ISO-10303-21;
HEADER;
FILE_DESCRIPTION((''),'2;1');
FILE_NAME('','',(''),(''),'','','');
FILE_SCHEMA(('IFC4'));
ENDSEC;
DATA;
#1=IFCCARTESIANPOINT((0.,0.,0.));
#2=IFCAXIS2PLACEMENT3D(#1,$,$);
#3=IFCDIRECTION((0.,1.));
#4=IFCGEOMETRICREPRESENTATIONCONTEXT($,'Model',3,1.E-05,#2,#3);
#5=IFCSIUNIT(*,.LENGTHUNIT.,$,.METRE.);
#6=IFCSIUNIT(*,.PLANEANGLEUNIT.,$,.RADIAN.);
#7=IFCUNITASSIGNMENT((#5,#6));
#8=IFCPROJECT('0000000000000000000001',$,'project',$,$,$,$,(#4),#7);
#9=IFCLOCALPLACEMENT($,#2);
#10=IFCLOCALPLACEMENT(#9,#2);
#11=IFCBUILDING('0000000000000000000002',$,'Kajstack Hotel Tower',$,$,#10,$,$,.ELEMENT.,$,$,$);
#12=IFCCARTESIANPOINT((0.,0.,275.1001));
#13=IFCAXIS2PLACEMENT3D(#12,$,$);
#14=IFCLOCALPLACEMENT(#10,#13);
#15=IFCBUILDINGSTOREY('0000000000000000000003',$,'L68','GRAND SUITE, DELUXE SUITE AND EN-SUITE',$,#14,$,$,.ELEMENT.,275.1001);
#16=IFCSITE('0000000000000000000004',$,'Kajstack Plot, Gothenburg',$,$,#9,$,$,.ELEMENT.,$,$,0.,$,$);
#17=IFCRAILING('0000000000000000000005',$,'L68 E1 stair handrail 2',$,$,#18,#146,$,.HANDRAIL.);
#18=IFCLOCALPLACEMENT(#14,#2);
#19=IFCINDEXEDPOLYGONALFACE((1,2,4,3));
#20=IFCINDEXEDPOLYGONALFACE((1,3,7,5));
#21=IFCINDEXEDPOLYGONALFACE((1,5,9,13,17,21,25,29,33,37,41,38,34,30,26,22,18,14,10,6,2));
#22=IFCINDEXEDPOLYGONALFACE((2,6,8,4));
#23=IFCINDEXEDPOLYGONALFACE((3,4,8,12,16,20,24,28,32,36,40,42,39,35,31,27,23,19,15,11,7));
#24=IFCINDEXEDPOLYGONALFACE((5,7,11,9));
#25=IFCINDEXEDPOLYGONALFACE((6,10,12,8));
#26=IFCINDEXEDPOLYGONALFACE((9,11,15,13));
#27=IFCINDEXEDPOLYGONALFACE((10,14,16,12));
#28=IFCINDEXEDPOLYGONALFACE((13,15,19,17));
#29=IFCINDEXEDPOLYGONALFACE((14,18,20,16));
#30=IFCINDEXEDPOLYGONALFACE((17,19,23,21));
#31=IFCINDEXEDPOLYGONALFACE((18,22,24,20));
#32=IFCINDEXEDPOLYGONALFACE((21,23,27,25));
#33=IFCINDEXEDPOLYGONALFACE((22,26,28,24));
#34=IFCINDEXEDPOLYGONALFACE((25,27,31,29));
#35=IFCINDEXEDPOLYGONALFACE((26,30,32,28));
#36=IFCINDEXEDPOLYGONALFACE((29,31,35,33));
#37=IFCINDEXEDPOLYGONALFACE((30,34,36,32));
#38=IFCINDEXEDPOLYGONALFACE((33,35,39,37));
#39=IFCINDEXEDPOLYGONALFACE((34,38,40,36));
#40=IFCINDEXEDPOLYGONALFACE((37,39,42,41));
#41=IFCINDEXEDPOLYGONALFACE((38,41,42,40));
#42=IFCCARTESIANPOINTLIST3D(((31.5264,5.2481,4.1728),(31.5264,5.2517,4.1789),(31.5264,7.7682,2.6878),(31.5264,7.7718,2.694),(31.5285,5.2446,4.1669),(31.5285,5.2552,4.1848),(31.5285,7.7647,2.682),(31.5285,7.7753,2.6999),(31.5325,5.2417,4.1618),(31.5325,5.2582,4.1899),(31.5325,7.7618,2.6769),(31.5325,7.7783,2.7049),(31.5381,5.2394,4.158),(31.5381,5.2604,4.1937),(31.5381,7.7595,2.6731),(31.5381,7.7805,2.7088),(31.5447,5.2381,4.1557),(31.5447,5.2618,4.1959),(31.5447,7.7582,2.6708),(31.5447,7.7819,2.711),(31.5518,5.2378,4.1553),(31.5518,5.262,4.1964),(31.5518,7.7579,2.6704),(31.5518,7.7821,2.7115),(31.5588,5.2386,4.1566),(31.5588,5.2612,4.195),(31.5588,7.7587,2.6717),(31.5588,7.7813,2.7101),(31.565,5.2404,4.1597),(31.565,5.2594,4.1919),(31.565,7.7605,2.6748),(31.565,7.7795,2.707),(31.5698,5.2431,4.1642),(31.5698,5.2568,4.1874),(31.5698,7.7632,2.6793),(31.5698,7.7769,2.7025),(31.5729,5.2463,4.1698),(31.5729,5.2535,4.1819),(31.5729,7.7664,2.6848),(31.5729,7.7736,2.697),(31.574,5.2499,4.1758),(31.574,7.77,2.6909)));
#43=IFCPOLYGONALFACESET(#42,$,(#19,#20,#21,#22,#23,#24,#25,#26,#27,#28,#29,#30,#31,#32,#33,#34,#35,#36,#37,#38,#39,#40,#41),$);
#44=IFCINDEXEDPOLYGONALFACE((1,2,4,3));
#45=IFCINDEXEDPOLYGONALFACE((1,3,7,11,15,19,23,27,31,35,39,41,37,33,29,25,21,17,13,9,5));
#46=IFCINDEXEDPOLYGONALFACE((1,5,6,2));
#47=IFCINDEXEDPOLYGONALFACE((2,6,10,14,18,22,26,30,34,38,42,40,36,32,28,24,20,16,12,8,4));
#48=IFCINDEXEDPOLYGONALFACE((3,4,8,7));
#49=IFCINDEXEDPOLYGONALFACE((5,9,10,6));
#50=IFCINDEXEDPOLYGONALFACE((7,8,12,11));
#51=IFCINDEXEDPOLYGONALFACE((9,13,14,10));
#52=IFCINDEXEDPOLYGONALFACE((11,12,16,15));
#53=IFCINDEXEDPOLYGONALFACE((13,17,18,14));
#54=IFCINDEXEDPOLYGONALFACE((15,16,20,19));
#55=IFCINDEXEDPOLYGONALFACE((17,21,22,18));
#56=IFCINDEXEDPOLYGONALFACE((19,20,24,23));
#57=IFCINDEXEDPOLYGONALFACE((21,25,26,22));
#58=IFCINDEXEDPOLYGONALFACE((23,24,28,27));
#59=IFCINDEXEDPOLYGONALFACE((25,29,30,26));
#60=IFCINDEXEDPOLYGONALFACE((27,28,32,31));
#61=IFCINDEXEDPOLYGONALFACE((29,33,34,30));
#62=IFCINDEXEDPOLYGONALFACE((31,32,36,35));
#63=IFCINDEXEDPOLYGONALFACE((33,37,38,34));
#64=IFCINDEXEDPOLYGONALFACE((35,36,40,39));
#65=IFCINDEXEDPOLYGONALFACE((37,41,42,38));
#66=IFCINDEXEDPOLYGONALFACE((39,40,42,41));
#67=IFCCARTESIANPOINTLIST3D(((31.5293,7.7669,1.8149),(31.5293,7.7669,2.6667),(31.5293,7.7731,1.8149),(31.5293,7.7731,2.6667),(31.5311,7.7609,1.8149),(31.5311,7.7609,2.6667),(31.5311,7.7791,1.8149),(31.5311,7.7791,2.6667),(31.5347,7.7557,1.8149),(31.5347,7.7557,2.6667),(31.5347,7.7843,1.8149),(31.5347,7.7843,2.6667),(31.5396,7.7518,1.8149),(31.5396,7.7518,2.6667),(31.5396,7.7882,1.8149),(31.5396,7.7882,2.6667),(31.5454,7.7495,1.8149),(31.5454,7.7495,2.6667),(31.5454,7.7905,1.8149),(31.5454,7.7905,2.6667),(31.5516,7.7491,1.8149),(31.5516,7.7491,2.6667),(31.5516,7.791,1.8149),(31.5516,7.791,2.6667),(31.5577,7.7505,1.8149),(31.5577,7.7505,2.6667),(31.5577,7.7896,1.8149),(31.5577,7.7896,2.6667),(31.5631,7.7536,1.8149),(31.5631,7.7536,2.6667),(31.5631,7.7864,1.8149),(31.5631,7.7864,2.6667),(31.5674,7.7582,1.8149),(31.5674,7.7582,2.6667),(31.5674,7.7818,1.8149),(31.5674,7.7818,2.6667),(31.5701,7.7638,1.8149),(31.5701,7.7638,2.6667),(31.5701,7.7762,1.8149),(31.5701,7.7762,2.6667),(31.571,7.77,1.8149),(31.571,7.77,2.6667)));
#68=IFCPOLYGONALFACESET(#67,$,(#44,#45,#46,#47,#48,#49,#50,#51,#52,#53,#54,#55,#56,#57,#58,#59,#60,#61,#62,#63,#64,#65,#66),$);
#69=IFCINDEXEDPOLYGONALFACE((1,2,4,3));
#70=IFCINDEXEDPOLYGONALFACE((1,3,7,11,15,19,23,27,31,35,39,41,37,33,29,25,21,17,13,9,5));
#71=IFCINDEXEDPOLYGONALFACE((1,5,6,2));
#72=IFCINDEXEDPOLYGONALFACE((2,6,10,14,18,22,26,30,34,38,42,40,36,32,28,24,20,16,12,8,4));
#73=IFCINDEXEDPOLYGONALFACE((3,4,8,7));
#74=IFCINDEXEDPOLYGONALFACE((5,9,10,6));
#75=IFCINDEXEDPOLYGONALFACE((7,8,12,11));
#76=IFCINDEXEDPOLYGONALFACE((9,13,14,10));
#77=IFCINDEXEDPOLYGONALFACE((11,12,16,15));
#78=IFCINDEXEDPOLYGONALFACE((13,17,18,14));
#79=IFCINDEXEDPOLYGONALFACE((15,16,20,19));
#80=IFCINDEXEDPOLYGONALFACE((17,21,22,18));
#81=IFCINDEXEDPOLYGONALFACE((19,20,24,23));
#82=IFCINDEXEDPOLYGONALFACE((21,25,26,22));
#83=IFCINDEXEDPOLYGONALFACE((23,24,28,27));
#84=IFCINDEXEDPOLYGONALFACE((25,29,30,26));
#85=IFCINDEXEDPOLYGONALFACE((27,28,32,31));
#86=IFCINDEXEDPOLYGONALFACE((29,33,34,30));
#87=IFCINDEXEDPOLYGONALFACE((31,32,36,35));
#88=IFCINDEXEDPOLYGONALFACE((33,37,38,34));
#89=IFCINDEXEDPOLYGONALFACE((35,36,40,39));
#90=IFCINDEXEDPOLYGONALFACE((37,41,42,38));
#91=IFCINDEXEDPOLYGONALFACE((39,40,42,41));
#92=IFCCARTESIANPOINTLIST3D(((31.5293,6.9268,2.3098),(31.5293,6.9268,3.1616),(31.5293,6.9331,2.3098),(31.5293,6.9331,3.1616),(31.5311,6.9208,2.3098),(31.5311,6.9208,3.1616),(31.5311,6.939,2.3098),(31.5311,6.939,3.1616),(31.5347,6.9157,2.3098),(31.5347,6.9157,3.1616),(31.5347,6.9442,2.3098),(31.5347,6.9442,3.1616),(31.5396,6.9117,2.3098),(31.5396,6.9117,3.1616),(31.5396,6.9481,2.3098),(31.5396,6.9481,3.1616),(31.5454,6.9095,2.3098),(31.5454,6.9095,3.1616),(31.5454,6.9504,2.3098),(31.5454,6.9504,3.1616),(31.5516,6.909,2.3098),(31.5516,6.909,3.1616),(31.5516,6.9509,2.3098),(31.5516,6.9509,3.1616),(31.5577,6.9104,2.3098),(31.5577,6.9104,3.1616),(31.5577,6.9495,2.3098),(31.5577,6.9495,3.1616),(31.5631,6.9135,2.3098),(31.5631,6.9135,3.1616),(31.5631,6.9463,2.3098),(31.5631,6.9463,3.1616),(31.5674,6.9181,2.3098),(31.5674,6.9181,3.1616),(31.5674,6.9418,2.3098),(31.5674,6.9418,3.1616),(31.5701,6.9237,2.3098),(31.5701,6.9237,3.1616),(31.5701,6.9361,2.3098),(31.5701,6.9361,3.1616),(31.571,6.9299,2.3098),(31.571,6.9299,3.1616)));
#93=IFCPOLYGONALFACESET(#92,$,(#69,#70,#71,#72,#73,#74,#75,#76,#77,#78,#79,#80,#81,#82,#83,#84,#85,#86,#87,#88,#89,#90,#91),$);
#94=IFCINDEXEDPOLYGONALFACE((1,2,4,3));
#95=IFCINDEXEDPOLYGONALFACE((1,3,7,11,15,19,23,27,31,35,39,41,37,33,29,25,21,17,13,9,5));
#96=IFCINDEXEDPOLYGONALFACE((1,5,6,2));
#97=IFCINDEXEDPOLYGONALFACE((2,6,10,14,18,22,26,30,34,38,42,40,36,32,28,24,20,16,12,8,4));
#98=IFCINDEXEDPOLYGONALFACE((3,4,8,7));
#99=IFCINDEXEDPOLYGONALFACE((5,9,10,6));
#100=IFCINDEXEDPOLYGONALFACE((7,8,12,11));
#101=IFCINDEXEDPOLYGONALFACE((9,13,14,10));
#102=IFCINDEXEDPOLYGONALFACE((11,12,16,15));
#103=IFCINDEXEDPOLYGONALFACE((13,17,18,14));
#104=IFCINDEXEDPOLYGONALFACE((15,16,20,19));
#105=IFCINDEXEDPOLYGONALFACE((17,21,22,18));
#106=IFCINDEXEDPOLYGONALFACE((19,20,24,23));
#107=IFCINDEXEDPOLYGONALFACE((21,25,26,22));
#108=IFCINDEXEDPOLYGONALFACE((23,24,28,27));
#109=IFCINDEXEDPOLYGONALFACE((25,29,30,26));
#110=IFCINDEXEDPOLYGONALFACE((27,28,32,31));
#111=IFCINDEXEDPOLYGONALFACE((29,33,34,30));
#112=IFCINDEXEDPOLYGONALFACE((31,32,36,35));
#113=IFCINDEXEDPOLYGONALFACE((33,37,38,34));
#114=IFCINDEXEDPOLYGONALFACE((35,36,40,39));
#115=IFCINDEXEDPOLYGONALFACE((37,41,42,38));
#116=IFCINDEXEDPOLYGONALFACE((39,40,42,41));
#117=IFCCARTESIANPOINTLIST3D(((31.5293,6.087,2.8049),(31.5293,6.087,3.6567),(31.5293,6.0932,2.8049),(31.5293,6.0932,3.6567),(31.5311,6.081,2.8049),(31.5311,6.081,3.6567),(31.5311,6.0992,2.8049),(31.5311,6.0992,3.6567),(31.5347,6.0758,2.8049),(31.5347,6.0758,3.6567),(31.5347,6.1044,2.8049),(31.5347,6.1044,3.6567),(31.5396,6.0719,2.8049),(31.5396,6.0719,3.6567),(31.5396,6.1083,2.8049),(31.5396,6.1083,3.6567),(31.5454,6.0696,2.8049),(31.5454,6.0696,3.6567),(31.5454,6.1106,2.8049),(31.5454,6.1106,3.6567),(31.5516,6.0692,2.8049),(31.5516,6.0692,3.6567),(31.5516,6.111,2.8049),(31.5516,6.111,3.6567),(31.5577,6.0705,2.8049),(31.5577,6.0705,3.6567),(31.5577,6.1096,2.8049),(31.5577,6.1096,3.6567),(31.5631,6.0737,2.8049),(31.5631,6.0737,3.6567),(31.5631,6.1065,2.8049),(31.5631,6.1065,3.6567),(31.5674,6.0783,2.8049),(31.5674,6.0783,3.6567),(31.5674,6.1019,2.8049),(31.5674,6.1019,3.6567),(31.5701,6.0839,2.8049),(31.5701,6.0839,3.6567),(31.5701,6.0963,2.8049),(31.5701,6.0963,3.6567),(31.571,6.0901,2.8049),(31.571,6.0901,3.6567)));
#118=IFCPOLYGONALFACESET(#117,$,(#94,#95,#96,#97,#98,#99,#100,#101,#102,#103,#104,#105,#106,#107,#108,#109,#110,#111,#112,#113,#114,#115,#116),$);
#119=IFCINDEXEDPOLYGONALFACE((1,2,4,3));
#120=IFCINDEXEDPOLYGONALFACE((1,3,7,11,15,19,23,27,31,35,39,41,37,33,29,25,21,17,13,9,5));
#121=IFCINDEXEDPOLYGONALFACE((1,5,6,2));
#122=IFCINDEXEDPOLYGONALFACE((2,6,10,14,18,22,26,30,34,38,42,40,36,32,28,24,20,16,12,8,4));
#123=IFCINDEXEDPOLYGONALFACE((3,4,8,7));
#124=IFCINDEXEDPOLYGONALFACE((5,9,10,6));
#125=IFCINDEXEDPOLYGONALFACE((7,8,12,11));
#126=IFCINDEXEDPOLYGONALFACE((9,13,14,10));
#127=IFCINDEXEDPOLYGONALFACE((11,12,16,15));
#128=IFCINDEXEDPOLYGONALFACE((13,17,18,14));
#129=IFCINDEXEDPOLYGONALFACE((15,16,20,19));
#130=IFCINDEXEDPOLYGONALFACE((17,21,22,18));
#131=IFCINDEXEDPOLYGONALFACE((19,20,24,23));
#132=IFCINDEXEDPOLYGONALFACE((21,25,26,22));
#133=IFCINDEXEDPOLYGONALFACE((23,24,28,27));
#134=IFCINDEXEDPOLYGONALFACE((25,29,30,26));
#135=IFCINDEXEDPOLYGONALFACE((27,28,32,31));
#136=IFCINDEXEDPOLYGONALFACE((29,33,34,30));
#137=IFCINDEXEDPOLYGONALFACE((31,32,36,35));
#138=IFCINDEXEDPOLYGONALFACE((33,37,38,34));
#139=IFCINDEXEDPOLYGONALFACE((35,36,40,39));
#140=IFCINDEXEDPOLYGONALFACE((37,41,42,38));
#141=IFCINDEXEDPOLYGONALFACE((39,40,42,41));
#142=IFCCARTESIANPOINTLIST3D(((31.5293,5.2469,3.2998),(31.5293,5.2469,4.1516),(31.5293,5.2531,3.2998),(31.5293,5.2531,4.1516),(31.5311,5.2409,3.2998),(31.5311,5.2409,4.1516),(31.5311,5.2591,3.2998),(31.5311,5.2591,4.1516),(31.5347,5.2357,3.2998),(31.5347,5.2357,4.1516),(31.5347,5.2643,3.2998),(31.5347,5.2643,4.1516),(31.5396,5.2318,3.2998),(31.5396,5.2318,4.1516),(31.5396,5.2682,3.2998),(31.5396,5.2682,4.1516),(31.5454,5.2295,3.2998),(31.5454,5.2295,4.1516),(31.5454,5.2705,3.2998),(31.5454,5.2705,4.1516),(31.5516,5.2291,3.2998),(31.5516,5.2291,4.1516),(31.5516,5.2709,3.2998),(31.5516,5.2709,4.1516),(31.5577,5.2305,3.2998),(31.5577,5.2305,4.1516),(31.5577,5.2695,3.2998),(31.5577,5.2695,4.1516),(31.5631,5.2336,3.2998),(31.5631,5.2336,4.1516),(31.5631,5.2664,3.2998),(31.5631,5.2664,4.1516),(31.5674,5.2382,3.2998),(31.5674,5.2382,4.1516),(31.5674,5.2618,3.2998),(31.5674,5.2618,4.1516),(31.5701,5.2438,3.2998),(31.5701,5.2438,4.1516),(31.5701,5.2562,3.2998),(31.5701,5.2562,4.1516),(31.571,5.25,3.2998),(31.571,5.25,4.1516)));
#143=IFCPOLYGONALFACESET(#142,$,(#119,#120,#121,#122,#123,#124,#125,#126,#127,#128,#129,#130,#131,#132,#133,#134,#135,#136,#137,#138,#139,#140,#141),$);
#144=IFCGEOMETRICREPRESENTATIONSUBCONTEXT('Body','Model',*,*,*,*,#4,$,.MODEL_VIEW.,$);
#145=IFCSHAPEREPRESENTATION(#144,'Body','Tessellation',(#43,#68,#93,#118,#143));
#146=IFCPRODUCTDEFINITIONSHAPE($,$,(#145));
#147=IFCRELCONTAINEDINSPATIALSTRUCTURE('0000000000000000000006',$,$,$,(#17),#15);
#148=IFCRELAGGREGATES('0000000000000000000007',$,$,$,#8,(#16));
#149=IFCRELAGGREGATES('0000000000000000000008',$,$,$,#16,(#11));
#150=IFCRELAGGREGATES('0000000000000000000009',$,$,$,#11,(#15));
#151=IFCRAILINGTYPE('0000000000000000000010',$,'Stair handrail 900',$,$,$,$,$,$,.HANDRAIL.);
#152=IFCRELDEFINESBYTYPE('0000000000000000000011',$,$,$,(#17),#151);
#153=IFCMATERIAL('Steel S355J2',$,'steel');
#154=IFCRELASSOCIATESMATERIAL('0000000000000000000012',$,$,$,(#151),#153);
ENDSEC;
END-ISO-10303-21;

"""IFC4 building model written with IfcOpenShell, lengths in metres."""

from ifc_helpers import new_model, si_unit, direction, frame, origin, origin_2d, place, context, subcontext, project, spatial, circle, extrude, material, type_object, element, save


model = new_model("IFC4")

# Units and contexts
model_context = context("Model", 3, precision=1e-05, world=origin(), true_north=direction((0.0, 1.0)))
body_context = subcontext(model_context, "Body", "Model", "MODEL_VIEW")
ifc_project = project(units=[si_unit("LENGTHUNIT", "METRE"), si_unit("PLANEANGLEUNIT", "RADIAN")], contexts=[model_context])

# Site, building, storey
site_placement = place(None, origin())
site = spatial("IfcSite", under=ifc_project, at=site_placement, Name="Kajstack Plot, Gothenburg", CompositionType="ELEMENT", RefElevation=0.0)
building_placement = place(site_placement, origin())
building = spatial("IfcBuilding", under=site, at=building_placement, Name="Kajstack Hotel Tower", CompositionType="ELEMENT")
storey_placement = place(building_placement, frame((0.0, 0.0, 275.1001)))
storey = spatial("IfcBuildingStorey", under=building, at=storey_placement, Name="L68", Description="GRAND SUITE, DELUXE SUITE AND EN-SUITE", CompositionType="ELEMENT", Elevation=275.1001)

# Railing
ifc_material_1 = material(Name="Steel S355J2", Category="steel")
railing_type_1 = type_object("IfcRailingType", Name="Stair handrail 900", PredefinedType="HANDRAIL", material=ifc_material_1)
railing_1_placement = place(storey_placement, frame((31.55, 7.77, 1.8149)))
element("IfcRailing", 1, at=railing_1_placement, inside=storey, type_object=railing_type_1, Name="L68 E1 stair handrail 2", PredefinedType="HANDRAIL", context=body_context, shape_type="SweptSolid", body=[
    extrude(circle(Radius=0.0239, at=origin_2d()), frame((0.0, 0.0, 0.876), z_axis=(0.0, -0.861561, 0.507655), x_axis=(1.0, 0.0, 0.0)), (0.0, 0.0, 1.0), 2.925),
    extrude(circle(Radius=0.021, at=origin_2d()), origin(), (0.0, 0.0, 1.0), 0.8518),
    extrude(circle(Radius=0.021, at=origin_2d()), frame((0.0, -0.8401, 0.4949)), (0.0, 0.0, 1.0), 0.8518),
    extrude(circle(Radius=0.021, at=origin_2d()), frame((0.0, -1.6799, 0.99)), (0.0, 0.0, 1.0), 0.8518),
    extrude(circle(Radius=0.021, at=origin_2d()), frame((0.0, -2.52, 1.4849)), (0.0, 0.0, 1.0), 0.8518),
])

save(model, "model.ifc")
